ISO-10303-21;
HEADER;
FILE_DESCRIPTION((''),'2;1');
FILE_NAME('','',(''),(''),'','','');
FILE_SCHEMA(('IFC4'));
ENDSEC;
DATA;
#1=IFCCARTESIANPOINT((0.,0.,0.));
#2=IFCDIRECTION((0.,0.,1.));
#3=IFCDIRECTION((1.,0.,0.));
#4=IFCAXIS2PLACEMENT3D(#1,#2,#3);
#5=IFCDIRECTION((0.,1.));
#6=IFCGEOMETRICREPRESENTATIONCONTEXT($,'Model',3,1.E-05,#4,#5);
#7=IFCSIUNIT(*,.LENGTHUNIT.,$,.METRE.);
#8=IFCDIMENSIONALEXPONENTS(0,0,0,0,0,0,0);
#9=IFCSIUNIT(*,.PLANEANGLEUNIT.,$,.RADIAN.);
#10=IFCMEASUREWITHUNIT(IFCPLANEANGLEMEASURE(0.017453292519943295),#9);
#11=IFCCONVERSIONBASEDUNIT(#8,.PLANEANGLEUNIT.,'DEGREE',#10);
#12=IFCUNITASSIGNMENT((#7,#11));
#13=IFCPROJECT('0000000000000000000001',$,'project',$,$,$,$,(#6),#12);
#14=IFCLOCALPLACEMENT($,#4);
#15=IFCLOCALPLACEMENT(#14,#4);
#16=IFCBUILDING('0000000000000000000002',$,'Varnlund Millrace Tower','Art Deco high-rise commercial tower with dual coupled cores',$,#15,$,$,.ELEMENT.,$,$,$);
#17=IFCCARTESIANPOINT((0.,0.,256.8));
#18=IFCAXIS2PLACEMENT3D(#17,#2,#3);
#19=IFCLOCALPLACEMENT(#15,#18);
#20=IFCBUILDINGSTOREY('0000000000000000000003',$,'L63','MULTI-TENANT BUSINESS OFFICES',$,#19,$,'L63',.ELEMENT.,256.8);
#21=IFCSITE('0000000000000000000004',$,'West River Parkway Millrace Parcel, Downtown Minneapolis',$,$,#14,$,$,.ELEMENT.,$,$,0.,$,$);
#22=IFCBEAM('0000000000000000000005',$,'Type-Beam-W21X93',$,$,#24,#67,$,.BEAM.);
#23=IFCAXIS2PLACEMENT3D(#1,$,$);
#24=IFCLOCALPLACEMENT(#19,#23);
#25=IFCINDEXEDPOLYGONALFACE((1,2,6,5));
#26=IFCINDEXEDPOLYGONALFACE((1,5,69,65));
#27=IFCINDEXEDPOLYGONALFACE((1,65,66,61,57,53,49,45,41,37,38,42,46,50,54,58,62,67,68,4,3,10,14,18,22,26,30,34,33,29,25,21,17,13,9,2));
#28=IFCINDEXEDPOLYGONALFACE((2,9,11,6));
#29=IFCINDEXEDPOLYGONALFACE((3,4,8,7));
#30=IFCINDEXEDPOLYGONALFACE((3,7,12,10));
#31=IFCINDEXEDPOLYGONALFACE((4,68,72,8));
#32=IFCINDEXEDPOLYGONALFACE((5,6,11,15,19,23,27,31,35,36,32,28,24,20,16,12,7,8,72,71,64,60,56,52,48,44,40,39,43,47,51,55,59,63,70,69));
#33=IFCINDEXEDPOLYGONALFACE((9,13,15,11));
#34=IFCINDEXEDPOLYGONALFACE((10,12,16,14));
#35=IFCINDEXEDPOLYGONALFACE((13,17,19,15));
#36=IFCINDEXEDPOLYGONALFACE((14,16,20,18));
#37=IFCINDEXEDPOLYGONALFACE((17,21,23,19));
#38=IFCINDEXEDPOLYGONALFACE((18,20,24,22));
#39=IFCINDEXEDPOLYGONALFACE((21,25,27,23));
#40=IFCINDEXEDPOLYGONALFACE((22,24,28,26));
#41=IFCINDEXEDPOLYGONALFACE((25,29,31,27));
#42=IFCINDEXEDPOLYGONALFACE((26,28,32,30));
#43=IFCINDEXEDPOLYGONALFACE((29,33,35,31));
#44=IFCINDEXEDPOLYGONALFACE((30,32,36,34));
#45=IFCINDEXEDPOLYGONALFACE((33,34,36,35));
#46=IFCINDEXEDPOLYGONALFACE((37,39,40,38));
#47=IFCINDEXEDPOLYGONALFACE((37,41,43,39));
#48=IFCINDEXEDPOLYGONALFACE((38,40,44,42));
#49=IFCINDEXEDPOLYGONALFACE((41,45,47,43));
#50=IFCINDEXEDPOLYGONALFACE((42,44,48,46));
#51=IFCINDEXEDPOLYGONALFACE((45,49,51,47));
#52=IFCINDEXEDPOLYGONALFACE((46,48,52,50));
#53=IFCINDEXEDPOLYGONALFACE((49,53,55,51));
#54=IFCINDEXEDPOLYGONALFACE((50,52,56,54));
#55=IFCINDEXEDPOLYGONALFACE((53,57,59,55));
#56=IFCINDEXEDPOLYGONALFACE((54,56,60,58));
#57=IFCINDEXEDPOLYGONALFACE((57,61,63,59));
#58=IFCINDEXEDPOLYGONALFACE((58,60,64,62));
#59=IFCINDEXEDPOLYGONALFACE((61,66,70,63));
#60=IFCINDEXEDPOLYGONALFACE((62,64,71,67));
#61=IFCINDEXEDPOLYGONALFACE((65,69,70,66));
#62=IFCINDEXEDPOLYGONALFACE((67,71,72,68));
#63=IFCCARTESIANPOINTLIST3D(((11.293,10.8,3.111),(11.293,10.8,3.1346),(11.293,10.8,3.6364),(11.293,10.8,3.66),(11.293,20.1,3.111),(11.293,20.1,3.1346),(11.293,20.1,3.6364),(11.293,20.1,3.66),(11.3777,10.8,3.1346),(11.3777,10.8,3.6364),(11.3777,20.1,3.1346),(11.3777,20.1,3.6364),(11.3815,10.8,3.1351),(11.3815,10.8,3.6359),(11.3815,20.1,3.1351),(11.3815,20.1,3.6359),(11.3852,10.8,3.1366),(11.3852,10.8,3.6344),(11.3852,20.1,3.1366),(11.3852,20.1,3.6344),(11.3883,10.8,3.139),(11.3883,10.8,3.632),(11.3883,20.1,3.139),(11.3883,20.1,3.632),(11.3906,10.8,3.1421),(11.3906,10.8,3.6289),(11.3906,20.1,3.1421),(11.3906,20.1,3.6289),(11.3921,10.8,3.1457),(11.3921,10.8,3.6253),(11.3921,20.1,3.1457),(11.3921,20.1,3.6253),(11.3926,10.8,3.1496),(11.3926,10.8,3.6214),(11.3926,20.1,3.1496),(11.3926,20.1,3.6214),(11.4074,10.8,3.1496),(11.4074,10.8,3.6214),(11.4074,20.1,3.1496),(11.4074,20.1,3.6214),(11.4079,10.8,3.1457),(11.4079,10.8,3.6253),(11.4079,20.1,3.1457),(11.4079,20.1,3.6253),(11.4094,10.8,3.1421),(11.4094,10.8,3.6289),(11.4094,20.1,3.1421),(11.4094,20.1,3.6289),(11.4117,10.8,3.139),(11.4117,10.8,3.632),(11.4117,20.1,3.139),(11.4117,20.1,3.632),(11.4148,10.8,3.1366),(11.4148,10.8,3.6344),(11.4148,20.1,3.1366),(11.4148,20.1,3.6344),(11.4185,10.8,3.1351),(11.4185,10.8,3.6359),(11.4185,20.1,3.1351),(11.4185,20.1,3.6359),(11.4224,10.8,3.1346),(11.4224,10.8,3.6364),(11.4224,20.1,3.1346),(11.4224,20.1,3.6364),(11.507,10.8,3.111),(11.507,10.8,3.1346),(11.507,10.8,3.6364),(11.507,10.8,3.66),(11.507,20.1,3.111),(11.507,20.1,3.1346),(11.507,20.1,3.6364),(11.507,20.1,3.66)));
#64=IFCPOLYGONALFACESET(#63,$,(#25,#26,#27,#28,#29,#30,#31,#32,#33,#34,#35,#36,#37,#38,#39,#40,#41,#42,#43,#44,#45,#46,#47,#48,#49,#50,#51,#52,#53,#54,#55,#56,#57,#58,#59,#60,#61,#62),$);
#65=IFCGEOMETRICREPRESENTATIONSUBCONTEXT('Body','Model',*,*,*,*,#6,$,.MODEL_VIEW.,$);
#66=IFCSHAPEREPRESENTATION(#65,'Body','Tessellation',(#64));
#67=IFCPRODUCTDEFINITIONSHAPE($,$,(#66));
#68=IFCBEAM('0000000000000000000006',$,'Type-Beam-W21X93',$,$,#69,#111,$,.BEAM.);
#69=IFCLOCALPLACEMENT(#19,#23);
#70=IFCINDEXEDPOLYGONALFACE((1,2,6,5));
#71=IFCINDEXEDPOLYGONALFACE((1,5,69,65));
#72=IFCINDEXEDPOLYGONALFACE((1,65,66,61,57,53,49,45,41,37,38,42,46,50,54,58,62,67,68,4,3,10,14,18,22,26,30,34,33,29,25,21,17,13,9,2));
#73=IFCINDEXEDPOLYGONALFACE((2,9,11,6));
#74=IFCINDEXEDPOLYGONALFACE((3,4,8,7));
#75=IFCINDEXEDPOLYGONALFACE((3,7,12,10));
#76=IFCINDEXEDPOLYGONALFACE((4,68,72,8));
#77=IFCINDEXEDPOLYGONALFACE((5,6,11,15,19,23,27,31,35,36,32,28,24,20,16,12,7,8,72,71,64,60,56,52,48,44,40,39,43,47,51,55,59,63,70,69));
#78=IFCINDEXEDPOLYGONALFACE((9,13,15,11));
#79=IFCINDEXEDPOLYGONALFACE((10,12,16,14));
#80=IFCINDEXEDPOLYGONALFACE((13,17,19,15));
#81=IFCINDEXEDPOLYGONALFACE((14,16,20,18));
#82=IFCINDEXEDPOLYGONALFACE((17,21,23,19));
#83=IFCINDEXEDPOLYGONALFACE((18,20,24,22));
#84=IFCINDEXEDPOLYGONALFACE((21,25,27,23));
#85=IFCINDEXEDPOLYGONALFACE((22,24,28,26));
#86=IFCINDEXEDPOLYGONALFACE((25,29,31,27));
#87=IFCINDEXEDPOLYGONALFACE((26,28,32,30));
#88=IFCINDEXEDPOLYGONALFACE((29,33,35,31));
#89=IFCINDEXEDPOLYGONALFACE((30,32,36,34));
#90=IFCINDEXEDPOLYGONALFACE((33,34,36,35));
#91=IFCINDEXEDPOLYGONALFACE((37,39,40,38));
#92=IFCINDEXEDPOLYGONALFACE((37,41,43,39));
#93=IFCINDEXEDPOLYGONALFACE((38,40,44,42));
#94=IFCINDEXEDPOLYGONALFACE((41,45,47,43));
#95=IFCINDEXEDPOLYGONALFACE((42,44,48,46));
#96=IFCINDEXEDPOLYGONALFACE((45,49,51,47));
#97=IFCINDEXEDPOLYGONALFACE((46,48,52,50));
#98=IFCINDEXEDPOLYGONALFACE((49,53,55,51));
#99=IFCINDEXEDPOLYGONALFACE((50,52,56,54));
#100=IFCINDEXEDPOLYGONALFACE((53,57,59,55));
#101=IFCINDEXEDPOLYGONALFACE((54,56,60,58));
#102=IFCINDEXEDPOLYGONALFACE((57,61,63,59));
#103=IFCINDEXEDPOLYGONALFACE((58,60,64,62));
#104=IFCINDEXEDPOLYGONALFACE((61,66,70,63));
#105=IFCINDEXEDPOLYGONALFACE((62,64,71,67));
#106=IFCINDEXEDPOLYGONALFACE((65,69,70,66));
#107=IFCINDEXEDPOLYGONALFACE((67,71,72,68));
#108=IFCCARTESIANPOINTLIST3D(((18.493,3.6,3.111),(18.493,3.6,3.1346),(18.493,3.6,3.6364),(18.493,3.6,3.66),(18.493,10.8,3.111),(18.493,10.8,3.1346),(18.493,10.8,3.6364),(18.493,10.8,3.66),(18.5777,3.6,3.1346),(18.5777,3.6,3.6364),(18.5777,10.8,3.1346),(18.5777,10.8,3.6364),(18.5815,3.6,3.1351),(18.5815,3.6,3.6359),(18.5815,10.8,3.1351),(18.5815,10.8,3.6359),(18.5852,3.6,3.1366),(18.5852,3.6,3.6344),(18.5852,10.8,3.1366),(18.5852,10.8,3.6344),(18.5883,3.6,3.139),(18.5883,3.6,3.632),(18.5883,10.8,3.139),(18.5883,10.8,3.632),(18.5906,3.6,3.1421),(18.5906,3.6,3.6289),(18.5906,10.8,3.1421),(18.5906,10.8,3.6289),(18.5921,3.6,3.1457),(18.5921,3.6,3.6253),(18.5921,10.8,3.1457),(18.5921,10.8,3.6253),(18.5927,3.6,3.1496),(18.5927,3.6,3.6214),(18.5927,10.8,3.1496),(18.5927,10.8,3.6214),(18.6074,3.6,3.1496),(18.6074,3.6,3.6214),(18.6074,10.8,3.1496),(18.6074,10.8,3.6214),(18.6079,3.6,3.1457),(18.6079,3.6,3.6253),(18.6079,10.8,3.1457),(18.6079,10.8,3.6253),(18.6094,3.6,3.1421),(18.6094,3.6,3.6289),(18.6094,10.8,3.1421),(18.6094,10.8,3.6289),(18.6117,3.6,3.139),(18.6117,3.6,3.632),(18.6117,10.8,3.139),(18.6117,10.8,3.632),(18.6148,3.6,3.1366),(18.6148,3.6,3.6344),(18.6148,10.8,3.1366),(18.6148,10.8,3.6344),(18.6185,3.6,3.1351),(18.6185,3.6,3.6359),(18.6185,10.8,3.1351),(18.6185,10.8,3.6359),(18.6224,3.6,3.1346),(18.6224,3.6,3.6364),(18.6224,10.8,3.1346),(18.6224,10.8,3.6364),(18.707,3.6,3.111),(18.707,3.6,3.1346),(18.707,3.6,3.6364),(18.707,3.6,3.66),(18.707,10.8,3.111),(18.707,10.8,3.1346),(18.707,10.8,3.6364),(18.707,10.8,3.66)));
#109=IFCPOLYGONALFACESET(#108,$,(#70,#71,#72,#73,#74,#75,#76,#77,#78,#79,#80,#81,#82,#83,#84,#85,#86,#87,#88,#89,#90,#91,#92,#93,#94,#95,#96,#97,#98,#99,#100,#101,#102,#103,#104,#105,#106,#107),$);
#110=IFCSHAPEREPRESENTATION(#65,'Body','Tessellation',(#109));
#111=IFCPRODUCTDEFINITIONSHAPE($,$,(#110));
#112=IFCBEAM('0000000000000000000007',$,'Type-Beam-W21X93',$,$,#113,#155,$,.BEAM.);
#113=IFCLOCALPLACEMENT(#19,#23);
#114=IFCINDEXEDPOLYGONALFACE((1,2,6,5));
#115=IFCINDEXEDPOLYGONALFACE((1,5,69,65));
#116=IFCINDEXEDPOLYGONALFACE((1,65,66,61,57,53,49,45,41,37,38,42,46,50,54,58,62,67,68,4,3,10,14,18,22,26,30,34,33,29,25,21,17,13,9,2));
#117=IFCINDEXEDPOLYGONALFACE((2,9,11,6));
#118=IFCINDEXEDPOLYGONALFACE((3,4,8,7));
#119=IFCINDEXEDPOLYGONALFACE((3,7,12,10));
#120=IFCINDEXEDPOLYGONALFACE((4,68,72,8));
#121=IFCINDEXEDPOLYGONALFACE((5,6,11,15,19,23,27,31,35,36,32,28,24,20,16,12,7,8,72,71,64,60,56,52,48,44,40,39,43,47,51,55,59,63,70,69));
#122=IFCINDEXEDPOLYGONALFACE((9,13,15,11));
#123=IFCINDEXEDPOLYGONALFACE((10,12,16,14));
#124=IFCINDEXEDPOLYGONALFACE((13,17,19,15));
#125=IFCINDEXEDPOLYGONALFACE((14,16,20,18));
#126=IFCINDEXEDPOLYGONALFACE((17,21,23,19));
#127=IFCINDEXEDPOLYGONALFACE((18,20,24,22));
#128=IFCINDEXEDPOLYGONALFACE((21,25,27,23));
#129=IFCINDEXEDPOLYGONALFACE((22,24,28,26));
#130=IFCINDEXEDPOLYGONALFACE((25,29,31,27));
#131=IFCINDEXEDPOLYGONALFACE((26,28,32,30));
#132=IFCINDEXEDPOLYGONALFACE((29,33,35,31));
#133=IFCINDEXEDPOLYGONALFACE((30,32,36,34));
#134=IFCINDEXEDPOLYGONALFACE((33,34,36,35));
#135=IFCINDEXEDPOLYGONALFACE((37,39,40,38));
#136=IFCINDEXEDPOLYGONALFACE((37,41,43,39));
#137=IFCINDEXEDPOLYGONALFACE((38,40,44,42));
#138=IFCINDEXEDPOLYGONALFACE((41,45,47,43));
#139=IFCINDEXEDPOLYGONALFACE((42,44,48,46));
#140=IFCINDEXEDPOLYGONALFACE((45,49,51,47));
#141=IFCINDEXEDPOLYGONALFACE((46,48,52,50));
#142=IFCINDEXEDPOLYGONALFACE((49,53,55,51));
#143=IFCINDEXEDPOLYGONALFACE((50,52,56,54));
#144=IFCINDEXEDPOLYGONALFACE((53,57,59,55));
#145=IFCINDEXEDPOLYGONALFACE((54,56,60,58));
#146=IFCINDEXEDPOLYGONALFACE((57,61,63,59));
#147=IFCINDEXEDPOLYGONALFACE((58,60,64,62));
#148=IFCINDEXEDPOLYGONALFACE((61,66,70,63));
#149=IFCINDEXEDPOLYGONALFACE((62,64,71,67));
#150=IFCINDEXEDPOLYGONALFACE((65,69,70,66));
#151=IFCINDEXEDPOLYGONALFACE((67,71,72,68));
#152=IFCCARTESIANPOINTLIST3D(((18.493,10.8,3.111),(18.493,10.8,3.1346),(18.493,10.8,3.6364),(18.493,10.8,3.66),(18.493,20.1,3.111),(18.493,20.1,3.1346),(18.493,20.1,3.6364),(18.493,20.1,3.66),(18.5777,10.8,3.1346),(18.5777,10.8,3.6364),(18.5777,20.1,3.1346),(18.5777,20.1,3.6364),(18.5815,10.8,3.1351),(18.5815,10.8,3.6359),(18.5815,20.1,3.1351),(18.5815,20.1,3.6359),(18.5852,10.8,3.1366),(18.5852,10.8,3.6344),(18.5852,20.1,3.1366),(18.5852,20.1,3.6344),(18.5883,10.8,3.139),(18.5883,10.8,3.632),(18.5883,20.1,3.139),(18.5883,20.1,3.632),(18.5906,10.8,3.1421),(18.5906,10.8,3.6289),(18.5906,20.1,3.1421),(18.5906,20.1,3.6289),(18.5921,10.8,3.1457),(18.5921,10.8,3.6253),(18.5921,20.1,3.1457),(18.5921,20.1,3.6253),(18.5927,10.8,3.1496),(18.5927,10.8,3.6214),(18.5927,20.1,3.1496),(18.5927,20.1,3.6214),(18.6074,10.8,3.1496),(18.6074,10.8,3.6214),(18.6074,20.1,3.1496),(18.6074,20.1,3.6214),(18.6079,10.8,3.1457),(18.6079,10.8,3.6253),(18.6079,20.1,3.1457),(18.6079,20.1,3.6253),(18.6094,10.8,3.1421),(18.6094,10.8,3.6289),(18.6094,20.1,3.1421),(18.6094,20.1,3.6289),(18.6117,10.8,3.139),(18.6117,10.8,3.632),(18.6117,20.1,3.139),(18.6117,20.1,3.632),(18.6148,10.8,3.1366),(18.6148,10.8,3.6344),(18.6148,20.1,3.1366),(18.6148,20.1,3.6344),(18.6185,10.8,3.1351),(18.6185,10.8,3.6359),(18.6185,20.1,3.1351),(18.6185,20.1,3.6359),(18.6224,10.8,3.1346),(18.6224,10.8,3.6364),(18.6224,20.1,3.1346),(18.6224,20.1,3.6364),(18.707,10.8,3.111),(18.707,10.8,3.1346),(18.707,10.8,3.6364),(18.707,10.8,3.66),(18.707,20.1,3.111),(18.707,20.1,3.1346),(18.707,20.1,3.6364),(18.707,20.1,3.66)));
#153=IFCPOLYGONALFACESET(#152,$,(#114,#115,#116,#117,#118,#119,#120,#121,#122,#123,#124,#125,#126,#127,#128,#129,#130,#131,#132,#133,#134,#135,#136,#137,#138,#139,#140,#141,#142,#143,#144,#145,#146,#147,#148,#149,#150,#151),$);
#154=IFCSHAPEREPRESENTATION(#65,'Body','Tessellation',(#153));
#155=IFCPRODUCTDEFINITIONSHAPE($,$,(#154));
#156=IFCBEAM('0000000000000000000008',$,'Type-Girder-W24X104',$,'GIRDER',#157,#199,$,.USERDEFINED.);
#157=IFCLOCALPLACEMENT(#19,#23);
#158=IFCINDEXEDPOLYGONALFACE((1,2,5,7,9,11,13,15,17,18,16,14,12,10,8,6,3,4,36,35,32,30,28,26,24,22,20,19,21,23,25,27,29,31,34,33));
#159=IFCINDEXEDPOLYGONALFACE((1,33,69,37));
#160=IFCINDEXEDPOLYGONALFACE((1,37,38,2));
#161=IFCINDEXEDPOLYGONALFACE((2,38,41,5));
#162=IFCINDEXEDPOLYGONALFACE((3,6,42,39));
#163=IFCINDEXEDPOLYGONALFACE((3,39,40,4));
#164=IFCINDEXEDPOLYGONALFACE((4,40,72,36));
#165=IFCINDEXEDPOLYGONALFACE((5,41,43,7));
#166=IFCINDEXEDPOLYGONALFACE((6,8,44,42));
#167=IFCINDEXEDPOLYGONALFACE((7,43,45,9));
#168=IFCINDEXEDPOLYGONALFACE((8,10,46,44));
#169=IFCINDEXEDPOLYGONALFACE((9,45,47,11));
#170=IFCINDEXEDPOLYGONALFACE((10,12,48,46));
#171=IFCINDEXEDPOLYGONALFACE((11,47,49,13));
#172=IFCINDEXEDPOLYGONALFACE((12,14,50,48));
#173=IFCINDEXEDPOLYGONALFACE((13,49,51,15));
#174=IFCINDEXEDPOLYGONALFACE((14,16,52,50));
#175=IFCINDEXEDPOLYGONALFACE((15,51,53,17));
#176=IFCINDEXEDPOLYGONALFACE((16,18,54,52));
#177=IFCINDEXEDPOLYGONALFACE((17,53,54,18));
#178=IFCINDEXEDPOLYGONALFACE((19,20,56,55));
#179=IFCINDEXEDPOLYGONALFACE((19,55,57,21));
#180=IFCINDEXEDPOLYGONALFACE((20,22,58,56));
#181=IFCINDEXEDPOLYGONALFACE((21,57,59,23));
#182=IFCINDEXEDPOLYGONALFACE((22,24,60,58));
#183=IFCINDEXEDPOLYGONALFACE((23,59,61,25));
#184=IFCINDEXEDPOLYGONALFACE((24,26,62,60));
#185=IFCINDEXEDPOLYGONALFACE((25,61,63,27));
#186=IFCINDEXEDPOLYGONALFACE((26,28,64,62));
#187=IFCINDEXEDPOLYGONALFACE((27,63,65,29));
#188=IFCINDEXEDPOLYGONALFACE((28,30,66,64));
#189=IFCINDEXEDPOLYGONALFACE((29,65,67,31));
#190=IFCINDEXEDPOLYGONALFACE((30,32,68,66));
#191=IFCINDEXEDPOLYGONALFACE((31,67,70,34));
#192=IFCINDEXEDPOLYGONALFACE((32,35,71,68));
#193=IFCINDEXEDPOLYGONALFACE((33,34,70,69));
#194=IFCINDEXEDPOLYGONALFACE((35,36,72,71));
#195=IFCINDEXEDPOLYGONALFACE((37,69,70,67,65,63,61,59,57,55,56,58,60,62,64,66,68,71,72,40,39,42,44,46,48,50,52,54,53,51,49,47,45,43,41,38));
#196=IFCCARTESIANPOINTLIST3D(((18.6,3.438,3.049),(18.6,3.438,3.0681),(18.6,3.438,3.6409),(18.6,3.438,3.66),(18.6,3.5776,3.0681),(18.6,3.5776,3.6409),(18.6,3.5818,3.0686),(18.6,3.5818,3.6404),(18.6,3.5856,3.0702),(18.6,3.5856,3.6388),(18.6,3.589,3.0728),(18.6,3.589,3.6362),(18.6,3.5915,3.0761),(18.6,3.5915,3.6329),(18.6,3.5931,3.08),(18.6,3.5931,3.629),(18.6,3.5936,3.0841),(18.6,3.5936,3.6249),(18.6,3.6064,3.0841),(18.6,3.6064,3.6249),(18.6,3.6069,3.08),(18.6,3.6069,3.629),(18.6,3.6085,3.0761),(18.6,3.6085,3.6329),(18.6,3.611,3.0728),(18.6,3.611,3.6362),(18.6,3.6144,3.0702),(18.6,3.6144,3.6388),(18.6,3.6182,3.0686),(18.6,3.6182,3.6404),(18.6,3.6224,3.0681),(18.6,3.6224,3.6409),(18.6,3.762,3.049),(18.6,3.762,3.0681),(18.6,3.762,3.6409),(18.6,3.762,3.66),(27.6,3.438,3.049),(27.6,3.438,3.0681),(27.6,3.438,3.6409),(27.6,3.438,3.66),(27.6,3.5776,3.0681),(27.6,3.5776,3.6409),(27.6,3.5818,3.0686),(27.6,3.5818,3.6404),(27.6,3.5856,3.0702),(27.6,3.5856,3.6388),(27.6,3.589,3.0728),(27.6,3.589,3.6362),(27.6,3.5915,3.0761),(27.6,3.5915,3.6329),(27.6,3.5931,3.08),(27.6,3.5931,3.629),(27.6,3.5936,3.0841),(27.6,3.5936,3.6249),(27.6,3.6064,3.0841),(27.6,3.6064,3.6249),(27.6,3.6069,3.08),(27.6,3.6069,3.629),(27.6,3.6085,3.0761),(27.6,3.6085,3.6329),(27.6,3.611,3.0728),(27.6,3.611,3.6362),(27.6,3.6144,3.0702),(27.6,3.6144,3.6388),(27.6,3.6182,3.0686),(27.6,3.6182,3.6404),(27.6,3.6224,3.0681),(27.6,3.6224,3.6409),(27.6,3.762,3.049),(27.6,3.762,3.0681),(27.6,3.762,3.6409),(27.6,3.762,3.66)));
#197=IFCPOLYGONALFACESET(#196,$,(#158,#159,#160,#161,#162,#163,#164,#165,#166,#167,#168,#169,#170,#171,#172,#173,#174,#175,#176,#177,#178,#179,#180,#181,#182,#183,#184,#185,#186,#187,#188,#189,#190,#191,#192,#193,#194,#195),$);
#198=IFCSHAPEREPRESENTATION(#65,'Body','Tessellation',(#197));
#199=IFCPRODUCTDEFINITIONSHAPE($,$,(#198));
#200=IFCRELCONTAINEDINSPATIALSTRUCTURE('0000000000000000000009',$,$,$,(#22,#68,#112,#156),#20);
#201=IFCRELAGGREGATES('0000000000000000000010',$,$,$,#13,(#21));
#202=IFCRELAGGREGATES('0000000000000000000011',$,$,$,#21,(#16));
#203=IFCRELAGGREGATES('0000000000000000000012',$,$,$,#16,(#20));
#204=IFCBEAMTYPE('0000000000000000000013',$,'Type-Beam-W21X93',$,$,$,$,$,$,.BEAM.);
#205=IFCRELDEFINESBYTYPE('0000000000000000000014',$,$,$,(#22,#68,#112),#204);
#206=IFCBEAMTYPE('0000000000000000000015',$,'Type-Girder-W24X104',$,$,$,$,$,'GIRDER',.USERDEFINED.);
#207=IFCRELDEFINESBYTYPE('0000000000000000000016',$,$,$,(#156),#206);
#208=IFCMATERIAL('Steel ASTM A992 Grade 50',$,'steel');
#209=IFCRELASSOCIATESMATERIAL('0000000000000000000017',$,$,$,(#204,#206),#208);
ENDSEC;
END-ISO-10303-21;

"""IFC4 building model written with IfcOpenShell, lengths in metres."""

from ifc_helpers import new_model, entity, si_unit, converted_unit, direction, frame, origin_with_axes, origin_2d_with_axis, place, context, subcontext, project, spatial, i_section, extrude, material, material_profile, profile_set, type_object, element, save


model = new_model("IFC4")

# Units and contexts
model_context = context("Model", 3, precision=1e-05, world=origin_with_axes(), true_north=direction((0.0, 1.0)))
body_context = subcontext(model_context, "Body", "Model", "MODEL_VIEW")
ifc_project = project(units=[si_unit("LENGTHUNIT", "METRE"), converted_unit("PLANEANGLEUNIT", "DEGREE", entity("IfcPlaneAngleMeasure", 0.017453292519943295), si_unit("PLANEANGLEUNIT", "RADIAN"), dimensions=[0, 0, 0, 0, 0, 0, 0])], contexts=[model_context])

# Site, building, storey
site_placement = place(None, origin_with_axes())
site = spatial("IfcSite", under=ifc_project, at=site_placement, Name="West River Parkway Millrace Parcel, Downtown Minneapolis", CompositionType="ELEMENT", RefElevation=0.0)
building_placement = place(site_placement, origin_with_axes())
building = spatial("IfcBuilding", under=site, at=building_placement, Name="Varnlund Millrace Tower", Description="Art Deco high-rise commercial tower with dual coupled cores", CompositionType="ELEMENT")
storey_placement = place(building_placement, frame((0.0, 0.0, 256.8), z_axis=(0.0, 0.0, 1.0), x_axis=(1.0, 0.0, 0.0)))
storey = spatial("IfcBuildingStorey", under=building, at=storey_placement, Name="L63", Description="MULTI-TENANT BUSINESS OFFICES", LongName="L63", CompositionType="ELEMENT", Elevation=256.8)

# Beams
ifc_material_1 = material(Name="Steel ASTM A992 Grade 50", Category="steel")
ifc_material_profile_1 = material_profile(ifc_material_1, i_section(OverallWidth=0.214, OverallDepth=0.549, WebThickness=0.0147, FlangeThickness=0.0236, FilletRadius=0.015, at=origin_2d_with_axis()), Name="Steel ASTM A992 Grade 50")
ifc_profile_set_1 = profile_set([ifc_material_profile_1], Name="Steel ASTM A992 Grade 50")
beam_type_1 = type_object("IfcBeamType", Name="Type-Beam-W21X93", PredefinedType="BEAM", material=ifc_profile_set_1)
beam_1_placement = place(storey_placement, frame((11.4, 10.8, 3.3855), z_axis=(0.0, 1.0, 0.0), x_axis=(-1.0, 0.0, 0.0)))
element("IfcBeam", 1, at=beam_1_placement, inside=storey, type_object=beam_type_1, Name="Type-Beam-W21X93", PredefinedType="BEAM", context=body_context, shape_type="SweptSolid", body=[
    extrude(i_section(OverallWidth=0.214, OverallDepth=0.549, WebThickness=0.0147, FlangeThickness=0.0236, FilletRadius=0.015, at=origin_2d_with_axis()), origin_with_axes(), (0.0, 0.0, 1.0), 9.3),
])
beam_2_placement = place(storey_placement, frame((18.6, 3.6, 3.3855), z_axis=(0.0, 1.0, 0.0), x_axis=(-1.0, 0.0, 0.0)))
element("IfcBeam", 2, at=beam_2_placement, inside=storey, type_object=beam_type_1, Name="Type-Beam-W21X93", PredefinedType="BEAM", context=body_context, shape_type="SweptSolid", body=[
    extrude(i_section(OverallWidth=0.214, OverallDepth=0.549, WebThickness=0.0147, FlangeThickness=0.0236, FilletRadius=0.015, at=origin_2d_with_axis()), origin_with_axes(), (0.0, 0.0, 1.0), 7.2),
])
beam_3_placement = place(storey_placement, frame((18.6, 10.8, 3.3855), z_axis=(0.0, 1.0, 0.0), x_axis=(-1.0, 0.0, 0.0)))
element("IfcBeam", 3, at=beam_3_placement, inside=storey, type_object=beam_type_1, Name="Type-Beam-W21X93", PredefinedType="BEAM", context=body_context, shape_type="SweptSolid", body=[
    extrude(i_section(OverallWidth=0.214, OverallDepth=0.549, WebThickness=0.0147, FlangeThickness=0.0236, FilletRadius=0.015, at=origin_2d_with_axis()), origin_with_axes(), (0.0, 0.0, 1.0), 9.3),
])
ifc_material_profile_2 = material_profile(ifc_material_1, i_section(OverallWidth=0.324, OverallDepth=0.611, WebThickness=0.0127, FlangeThickness=0.0191, FilletRadius=0.016, at=origin_2d_with_axis()), Name="Steel ASTM A992 Grade 50")
ifc_profile_set_2 = profile_set([ifc_material_profile_2], Name="Steel ASTM A992 Grade 50")
beam_type_2 = type_object("IfcBeamType", Name="Type-Girder-W24X104", ElementType="GIRDER", PredefinedType="USERDEFINED", material=ifc_profile_set_2)
beam_4_placement = place(storey_placement, frame((18.6, 3.6, 3.3545), z_axis=(1.0, 0.0, 0.0), x_axis=(0.0, 1.0, 0.0)))
element("IfcBeam", 4, at=beam_4_placement, inside=storey, type_object=beam_type_2, Name="Type-Girder-W24X104", ObjectType="GIRDER", PredefinedType="USERDEFINED", context=body_context, shape_type="SweptSolid", body=[
    extrude(i_section(OverallWidth=0.324, OverallDepth=0.611, WebThickness=0.0127, FlangeThickness=0.0191, FilletRadius=0.016, at=origin_2d_with_axis()), origin_with_axes(), (0.0, 0.0, 1.0), 9.0),
])

save(model, "model.ifc")
